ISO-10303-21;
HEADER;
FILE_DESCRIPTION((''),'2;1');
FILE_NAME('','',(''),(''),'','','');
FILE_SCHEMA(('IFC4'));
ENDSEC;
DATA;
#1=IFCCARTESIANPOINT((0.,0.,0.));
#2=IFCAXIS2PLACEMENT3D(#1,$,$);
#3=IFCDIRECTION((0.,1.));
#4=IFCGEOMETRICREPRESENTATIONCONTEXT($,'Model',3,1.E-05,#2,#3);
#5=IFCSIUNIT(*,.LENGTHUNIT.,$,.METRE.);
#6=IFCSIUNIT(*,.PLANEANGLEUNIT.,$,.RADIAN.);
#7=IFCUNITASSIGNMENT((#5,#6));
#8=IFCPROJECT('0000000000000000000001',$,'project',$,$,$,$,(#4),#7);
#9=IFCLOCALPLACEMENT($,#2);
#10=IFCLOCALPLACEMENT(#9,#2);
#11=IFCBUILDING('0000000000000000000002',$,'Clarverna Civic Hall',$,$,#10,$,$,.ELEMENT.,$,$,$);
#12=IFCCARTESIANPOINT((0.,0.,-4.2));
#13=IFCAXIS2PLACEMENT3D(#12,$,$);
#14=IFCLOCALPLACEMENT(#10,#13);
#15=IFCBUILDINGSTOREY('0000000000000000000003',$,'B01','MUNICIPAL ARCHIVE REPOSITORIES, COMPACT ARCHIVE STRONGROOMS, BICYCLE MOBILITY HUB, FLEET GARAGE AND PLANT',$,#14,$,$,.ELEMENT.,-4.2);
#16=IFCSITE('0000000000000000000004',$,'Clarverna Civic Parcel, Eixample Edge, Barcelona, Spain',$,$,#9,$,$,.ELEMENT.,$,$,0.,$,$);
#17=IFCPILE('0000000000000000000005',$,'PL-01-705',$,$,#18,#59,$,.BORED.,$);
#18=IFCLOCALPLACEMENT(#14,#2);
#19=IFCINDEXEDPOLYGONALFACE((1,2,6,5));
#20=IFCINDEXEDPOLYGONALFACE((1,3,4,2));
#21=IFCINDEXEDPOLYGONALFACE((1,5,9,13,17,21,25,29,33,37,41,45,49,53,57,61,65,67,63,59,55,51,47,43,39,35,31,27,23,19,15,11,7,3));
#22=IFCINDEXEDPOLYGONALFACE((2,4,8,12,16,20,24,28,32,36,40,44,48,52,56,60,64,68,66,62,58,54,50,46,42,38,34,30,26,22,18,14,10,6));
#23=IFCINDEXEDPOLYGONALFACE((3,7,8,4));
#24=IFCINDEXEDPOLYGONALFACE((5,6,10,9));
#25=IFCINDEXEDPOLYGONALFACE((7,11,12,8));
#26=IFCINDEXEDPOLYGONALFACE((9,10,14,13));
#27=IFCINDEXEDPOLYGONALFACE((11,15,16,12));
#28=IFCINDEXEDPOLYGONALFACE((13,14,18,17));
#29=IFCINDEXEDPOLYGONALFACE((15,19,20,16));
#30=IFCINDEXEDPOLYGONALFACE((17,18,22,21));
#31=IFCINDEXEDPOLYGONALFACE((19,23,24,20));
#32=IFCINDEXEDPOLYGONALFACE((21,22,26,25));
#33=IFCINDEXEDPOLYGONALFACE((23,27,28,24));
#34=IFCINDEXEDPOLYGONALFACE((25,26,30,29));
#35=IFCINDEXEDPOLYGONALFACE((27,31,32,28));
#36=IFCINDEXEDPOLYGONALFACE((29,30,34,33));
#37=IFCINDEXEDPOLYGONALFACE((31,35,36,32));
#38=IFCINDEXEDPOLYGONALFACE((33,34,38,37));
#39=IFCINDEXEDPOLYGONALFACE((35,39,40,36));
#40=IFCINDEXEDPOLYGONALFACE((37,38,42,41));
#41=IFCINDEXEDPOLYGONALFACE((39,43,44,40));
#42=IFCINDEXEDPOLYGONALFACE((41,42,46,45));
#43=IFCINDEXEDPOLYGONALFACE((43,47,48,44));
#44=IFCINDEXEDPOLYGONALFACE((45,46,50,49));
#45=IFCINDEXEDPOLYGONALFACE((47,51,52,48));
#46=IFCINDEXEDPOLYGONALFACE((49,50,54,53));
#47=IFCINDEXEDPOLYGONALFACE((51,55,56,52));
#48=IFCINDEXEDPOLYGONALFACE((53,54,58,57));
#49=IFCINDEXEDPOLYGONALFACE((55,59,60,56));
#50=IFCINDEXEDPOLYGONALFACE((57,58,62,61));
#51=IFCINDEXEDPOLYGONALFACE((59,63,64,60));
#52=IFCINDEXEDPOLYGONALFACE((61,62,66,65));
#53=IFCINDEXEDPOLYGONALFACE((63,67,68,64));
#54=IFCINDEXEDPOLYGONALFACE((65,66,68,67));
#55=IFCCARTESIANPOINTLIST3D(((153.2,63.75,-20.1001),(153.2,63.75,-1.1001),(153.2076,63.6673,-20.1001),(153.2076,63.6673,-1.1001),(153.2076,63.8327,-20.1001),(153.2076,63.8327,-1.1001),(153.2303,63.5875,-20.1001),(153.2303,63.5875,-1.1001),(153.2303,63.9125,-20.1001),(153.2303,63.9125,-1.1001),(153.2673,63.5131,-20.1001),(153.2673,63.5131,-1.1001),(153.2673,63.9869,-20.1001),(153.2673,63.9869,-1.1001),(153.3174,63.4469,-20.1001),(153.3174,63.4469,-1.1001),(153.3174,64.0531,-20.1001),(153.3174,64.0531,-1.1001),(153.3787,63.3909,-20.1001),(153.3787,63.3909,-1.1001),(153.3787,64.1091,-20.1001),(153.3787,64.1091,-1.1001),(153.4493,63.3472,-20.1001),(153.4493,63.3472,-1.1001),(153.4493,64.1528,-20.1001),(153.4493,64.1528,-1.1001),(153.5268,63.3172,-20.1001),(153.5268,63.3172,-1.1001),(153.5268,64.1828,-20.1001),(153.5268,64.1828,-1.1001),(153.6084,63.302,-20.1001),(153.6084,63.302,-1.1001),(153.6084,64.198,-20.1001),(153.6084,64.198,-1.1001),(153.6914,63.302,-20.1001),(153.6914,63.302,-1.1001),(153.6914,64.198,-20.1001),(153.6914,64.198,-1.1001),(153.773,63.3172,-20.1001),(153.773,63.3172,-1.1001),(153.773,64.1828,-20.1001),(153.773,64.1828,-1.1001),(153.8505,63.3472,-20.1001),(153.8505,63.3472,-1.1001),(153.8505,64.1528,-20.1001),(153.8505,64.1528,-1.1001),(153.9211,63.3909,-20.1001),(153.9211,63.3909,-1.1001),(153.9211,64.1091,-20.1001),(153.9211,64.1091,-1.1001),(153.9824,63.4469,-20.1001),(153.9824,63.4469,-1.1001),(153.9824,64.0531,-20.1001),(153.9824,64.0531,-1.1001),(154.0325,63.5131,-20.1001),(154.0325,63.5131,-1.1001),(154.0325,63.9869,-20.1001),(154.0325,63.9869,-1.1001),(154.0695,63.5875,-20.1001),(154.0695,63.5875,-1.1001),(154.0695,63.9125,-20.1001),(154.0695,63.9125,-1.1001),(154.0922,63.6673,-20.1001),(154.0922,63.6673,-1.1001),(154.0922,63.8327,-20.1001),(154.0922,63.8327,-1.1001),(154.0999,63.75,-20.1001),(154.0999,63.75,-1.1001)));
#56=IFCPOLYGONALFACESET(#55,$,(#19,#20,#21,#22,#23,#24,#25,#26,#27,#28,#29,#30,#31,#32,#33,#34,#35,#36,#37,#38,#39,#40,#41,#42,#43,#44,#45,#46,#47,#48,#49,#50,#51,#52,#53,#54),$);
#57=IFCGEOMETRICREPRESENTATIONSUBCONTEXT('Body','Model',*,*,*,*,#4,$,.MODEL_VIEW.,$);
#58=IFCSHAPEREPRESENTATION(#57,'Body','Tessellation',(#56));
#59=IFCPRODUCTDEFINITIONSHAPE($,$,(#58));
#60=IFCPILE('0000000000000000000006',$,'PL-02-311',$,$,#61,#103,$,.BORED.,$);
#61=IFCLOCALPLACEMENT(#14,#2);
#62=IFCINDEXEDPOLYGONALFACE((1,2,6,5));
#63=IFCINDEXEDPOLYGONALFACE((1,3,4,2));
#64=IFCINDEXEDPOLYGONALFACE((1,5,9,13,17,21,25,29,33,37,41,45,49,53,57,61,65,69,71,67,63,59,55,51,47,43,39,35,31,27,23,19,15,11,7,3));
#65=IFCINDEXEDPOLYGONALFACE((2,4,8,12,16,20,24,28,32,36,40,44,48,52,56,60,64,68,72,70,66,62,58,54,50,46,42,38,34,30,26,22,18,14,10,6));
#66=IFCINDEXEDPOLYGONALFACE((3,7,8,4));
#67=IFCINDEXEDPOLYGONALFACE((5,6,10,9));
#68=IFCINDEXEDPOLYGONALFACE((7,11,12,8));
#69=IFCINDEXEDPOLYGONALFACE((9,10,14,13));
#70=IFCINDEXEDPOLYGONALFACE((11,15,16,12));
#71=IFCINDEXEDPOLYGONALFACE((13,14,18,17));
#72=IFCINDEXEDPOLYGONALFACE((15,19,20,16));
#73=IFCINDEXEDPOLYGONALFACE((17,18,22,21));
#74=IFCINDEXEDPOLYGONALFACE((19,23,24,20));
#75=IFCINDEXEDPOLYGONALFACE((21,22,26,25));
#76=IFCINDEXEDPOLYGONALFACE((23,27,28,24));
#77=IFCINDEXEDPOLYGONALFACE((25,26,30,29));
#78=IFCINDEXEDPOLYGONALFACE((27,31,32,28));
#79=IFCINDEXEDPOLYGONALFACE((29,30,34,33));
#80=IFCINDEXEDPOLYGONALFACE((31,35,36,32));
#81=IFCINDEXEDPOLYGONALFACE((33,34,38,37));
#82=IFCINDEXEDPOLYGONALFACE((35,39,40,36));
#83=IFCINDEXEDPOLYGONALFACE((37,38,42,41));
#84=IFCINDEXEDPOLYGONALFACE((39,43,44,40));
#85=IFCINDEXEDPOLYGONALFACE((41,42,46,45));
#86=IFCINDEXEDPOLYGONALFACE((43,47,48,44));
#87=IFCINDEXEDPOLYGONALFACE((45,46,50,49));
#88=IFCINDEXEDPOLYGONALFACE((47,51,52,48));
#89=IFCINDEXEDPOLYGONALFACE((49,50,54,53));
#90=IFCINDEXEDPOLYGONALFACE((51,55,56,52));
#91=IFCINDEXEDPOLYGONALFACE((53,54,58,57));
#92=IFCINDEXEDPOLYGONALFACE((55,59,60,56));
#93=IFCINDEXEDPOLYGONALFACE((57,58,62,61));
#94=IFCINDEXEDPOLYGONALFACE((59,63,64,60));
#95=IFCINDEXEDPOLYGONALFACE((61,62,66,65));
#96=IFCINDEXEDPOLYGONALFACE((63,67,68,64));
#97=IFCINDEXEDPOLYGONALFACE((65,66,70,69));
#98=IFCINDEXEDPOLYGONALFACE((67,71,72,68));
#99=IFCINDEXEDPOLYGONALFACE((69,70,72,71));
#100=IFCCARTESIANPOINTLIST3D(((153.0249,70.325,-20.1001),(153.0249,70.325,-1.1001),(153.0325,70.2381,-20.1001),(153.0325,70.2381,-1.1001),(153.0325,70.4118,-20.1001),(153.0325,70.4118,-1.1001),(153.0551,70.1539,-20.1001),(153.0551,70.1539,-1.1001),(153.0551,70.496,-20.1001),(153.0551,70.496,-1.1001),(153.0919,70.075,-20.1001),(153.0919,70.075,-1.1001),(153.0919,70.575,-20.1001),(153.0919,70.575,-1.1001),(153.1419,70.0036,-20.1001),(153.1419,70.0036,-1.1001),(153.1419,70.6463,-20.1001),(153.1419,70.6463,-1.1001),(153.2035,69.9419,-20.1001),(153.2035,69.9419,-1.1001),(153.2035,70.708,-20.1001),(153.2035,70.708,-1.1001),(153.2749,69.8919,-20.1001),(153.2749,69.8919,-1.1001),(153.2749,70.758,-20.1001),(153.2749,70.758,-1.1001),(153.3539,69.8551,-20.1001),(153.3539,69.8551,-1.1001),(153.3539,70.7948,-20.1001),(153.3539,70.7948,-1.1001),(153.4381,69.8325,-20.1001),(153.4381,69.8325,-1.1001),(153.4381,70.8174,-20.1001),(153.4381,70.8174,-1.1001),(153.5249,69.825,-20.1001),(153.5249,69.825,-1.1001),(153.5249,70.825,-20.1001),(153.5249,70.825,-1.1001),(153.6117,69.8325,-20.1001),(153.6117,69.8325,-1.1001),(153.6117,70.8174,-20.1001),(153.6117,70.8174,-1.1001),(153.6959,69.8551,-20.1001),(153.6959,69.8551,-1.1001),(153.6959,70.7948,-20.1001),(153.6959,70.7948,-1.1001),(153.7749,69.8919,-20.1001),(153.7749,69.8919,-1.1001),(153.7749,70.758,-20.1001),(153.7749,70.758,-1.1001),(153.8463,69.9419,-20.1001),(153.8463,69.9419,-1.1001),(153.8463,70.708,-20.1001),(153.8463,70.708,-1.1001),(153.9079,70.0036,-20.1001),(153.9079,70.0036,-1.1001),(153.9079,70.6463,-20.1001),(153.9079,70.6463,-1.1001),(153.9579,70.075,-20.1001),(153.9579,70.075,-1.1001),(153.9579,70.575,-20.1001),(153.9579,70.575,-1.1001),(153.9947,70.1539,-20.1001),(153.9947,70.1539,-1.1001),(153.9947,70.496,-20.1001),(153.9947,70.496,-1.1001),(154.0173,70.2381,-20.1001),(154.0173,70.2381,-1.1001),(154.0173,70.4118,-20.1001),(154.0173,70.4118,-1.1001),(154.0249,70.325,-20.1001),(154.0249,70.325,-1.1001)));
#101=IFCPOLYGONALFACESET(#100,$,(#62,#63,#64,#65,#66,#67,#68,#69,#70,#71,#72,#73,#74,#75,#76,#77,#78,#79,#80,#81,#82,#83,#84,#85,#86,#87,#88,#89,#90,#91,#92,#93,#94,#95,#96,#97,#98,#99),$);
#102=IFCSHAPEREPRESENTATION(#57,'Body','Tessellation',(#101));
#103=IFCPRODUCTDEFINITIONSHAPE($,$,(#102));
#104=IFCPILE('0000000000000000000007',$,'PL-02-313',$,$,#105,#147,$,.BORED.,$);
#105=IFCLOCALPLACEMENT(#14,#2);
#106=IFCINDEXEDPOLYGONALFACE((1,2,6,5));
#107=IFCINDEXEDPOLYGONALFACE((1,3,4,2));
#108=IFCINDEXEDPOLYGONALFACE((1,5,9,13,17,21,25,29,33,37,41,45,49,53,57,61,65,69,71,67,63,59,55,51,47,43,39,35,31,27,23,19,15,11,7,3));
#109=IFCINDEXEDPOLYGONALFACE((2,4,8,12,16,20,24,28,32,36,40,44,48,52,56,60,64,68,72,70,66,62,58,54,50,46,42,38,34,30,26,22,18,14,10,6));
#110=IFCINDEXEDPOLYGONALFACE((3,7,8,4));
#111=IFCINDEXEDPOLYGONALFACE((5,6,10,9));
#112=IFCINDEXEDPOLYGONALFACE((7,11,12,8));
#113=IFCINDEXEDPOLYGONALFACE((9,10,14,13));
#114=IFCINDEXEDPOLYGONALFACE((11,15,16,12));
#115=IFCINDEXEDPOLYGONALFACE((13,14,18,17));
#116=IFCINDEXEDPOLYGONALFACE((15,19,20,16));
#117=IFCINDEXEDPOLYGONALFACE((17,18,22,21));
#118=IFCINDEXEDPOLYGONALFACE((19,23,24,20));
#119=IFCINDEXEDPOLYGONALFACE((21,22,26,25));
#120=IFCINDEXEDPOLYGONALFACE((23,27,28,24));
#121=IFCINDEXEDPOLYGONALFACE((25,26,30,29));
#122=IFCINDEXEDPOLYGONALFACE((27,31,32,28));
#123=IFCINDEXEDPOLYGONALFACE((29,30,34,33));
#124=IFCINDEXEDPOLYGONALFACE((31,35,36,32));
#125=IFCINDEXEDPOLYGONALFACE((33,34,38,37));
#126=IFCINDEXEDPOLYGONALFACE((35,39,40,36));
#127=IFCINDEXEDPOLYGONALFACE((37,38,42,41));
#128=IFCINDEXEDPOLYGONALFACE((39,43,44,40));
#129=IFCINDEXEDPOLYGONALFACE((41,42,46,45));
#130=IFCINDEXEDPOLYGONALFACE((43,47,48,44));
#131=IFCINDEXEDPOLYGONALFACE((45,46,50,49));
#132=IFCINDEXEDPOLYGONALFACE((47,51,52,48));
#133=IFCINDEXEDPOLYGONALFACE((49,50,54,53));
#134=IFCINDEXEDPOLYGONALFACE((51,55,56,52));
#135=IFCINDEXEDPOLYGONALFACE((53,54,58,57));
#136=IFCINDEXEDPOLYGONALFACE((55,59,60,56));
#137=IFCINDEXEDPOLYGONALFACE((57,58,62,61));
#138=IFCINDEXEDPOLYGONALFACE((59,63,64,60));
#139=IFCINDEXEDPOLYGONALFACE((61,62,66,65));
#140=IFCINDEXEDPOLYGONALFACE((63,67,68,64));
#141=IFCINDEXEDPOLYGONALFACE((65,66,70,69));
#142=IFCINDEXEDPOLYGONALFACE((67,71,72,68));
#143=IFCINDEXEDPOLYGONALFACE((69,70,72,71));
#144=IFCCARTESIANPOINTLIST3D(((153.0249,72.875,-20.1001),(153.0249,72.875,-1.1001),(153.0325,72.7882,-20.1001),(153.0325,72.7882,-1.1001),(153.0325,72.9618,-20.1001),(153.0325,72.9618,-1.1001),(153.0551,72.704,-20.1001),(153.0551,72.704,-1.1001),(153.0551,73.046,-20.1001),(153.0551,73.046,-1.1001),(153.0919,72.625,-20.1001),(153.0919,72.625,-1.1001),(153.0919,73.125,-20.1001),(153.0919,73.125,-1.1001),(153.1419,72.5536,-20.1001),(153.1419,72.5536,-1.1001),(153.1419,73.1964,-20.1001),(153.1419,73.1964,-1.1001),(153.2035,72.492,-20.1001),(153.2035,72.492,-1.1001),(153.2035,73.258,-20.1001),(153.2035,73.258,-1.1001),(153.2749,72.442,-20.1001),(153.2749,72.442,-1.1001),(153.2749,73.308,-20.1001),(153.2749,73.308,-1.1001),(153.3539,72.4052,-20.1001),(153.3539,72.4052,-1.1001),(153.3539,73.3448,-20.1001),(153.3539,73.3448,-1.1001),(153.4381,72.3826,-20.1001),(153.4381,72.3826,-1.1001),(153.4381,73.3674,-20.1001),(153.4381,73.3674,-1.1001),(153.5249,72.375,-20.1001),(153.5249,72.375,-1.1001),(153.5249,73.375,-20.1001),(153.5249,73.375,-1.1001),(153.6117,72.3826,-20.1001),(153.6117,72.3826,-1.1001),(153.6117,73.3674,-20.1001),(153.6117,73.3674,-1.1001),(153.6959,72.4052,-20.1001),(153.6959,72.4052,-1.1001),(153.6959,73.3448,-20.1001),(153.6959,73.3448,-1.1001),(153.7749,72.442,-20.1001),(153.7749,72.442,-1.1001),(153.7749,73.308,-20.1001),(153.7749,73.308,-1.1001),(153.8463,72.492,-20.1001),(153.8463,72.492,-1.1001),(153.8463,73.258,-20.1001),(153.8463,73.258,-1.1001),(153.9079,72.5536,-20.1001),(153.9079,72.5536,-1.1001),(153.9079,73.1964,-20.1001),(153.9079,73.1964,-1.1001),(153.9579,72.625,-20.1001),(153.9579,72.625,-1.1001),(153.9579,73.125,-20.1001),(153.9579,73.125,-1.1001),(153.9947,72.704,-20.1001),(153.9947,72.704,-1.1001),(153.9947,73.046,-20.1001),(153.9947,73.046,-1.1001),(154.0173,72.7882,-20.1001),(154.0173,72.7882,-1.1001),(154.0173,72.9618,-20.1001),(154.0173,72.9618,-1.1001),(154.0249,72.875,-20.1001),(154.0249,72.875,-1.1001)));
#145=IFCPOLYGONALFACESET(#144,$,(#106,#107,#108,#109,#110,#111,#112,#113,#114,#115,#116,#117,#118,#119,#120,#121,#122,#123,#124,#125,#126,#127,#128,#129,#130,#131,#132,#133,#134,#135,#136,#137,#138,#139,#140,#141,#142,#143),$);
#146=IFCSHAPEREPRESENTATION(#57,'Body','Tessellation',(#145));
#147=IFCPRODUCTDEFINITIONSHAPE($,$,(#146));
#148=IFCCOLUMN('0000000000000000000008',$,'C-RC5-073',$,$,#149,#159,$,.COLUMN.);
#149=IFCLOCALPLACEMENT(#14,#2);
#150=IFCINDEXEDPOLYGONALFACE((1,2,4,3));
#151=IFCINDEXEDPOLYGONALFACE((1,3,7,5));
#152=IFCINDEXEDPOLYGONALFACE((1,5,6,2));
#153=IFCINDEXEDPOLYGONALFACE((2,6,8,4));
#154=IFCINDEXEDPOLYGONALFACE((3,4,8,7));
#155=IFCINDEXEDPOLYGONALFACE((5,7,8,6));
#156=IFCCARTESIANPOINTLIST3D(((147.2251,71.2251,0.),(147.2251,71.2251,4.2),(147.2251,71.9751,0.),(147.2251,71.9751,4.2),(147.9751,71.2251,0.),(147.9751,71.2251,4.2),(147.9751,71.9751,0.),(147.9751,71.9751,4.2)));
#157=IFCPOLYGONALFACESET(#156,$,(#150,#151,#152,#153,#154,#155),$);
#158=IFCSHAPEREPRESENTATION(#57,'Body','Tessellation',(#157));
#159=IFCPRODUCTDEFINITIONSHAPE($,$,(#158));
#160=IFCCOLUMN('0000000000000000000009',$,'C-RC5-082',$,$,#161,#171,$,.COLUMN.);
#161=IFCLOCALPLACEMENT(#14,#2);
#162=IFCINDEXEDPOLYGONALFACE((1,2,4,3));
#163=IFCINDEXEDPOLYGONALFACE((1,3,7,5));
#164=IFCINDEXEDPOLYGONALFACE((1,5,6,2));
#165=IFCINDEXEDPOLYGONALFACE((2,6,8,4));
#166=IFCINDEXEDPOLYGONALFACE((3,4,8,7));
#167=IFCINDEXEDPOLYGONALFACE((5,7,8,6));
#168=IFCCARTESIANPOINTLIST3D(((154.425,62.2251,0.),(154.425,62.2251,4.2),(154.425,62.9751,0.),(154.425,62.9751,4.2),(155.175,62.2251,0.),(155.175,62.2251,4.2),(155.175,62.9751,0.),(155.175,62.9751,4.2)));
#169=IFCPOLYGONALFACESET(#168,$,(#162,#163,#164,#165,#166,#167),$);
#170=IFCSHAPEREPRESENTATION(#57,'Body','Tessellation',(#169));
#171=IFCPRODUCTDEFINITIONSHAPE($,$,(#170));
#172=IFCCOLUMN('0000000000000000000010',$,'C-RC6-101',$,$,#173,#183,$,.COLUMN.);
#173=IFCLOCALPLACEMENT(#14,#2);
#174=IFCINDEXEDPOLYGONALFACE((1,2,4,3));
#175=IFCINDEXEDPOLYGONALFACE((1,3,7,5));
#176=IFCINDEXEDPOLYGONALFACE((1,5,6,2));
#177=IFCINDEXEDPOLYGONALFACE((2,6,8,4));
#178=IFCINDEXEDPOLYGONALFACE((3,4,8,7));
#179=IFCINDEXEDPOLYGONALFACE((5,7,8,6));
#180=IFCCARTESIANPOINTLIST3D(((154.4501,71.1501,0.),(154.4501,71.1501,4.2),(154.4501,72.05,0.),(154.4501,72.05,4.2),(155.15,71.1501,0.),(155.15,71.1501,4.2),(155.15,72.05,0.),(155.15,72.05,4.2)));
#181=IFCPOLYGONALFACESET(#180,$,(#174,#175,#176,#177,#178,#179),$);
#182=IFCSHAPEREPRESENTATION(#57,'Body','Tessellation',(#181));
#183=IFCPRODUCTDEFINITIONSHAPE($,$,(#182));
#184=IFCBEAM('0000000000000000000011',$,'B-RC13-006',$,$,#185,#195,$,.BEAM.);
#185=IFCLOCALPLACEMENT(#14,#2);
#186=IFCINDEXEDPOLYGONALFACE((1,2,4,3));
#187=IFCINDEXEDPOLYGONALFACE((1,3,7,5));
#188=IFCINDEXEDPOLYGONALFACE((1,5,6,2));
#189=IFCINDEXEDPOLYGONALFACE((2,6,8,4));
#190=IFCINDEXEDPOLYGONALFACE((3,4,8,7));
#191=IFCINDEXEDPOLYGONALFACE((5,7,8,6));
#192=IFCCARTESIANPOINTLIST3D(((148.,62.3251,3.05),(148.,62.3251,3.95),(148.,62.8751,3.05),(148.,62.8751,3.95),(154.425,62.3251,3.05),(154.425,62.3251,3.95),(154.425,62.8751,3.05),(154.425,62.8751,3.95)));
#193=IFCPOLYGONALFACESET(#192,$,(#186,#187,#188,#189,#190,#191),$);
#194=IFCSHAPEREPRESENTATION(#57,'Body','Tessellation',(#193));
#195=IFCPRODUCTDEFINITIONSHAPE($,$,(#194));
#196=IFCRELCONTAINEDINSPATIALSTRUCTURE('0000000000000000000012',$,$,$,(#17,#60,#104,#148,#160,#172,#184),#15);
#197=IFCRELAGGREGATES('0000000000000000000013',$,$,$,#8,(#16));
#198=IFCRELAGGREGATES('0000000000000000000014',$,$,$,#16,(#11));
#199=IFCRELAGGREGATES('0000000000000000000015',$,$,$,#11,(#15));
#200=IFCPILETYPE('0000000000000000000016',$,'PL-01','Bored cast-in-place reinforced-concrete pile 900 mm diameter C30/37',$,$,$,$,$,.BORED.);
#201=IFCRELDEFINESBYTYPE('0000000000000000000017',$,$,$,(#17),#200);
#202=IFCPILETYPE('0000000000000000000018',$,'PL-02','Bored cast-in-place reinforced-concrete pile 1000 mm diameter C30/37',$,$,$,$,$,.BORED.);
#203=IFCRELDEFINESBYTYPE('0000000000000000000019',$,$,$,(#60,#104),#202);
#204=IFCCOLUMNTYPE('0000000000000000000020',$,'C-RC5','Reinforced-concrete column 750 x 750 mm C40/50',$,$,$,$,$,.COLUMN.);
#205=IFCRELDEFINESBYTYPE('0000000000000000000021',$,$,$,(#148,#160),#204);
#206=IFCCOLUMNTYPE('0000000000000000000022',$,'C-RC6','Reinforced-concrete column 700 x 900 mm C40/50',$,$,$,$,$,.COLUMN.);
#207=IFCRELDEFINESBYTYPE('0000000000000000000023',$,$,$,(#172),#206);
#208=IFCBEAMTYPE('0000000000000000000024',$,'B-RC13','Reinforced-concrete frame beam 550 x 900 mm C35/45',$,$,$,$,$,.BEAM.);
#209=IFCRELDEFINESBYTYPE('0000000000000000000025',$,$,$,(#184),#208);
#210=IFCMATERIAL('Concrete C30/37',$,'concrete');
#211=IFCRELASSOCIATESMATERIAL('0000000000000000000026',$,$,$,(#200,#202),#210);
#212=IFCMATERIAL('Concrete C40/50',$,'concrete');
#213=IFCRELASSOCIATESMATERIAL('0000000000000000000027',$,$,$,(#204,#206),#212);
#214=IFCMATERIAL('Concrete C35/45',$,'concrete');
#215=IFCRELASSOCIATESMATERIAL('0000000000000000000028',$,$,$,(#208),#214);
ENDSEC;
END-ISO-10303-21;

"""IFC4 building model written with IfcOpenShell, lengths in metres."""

from ifc_helpers import new_model, si_unit, direction, frame, origin, origin_2d, place, context, subcontext, project, spatial, rectangle, circle, extrude, material, material_profile, profile_set, type_object, element, save


model = new_model("IFC4")

# Units and contexts
model_context = context("Model", 3, precision=1e-05, world=origin(), true_north=direction((0.0, 1.0)))
body_context = subcontext(model_context, "Body", "Model", "MODEL_VIEW")
ifc_project = project(units=[si_unit("LENGTHUNIT", "METRE"), si_unit("PLANEANGLEUNIT", "RADIAN")], contexts=[model_context])

# Site, building, storey
site_placement = place(None, origin())
site = spatial("IfcSite", under=ifc_project, at=site_placement, Name="Clarverna Civic Parcel, Eixample Edge, Barcelona, Spain", CompositionType="ELEMENT", RefElevation=0.0)
building_placement = place(site_placement, origin())
building = spatial("IfcBuilding", under=site, at=building_placement, Name="Clarverna Civic Hall", CompositionType="ELEMENT")
storey_placement = place(building_placement, frame((0.0, 0.0, -4.2)))
storey = spatial("IfcBuildingStorey", under=building, at=storey_placement, Name="B01", Description="MUNICIPAL ARCHIVE REPOSITORIES, COMPACT ARCHIVE STRONGROOMS, BICYCLE MOBILITY HUB, FLEET GARAGE AND PLANT", CompositionType="ELEMENT", Elevation=-4.2)

# Shared definitions
ifc_material_1 = material(Name="Concrete C30/37", Category="concrete")

# Piles
ifc_material_profile_1 = material_profile(ifc_material_1, circle(Radius=0.45, at=origin_2d()), Name="BORED PILE D900")
ifc_profile_set_1 = profile_set([ifc_material_profile_1], Name="Concrete C30/37")
pile_type_1 = type_object("IfcPileType", Name="PL-01", Description="Bored cast-in-place reinforced-concrete pile 900 mm diameter C30/37", PredefinedType="BORED", material=ifc_profile_set_1)
for number, where, z_axis, x_axis, name in (
    (1, (153.6499, 63.75, -1.1001), (0.0, 0.0, -1.0), (1.0, 0.0, 0.0), "PL-01-705"),
):
    element("IfcPile", number, at=place(storey_placement, frame(where, z_axis=z_axis, x_axis=x_axis)), inside=storey, type_object=pile_type_1, Name=name, PredefinedType="BORED", context=body_context, shape_type="SweptSolid", body=[
        extrude(circle(Radius=0.45, at=origin_2d()), origin(), (0.0, 0.0, 1.0), 19.0),
    ])
ifc_material_profile_2 = material_profile(ifc_material_1, circle(Radius=0.5, at=origin_2d()), Name="BORED PILE D1000")
ifc_profile_set_2 = profile_set([ifc_material_profile_2], Name="Concrete C30/37")
pile_type_2 = type_object("IfcPileType", Name="PL-02", Description="Bored cast-in-place reinforced-concrete pile 1000 mm diameter C30/37", PredefinedType="BORED", material=ifc_profile_set_2)
for number, where, z_axis, x_axis, name in (
    (2, (153.5249, 70.325, -1.1001), (0.0, 0.0, -1.0), (1.0, 0.0, 0.0), "PL-02-311"),
    (3, (153.5249, 72.875, -1.1001), (0.0, 0.0, -1.0), (1.0, 0.0, 0.0), "PL-02-313"),
):
    element("IfcPile", number, at=place(storey_placement, frame(where, z_axis=z_axis, x_axis=x_axis)), inside=storey, type_object=pile_type_2, Name=name, PredefinedType="BORED", context=body_context, shape_type="SweptSolid", body=[
        extrude(circle(Radius=0.5, at=origin_2d()), origin(), (0.0, 0.0, 1.0), 19.0),
    ])

# Columns
ifc_material_2 = material(Name="Concrete C40/50", Category="concrete")
ifc_material_profile_3 = material_profile(ifc_material_2, rectangle(XDim=0.75, YDim=0.75, at=origin_2d()), Name="RC 750x750")
ifc_profile_set_3 = profile_set([ifc_material_profile_3], Name="Concrete C40/50")
column_type_1 = type_object("IfcColumnType", Name="C-RC5", Description="Reinforced-concrete column 750 x 750 mm C40/50", PredefinedType="COLUMN", material=ifc_profile_set_3)
for number, where, z_axis, x_axis, name in (
    (4, (147.6001, 71.6001, 0.0), (0.0, 0.0, 1.0), (1.0, 0.0, 0.0), "C-RC5-073"),
    (5, (154.8, 62.6001, 0.0), (0.0, 0.0, 1.0), (1.0, 0.0, 0.0), "C-RC5-082"),
):
    element("IfcColumn", number, at=place(storey_placement, frame(where, z_axis=z_axis, x_axis=x_axis)), inside=storey, type_object=column_type_1, Name=name, PredefinedType="COLUMN", context=body_context, shape_type="SweptSolid", body=[
        extrude(rectangle(XDim=0.75, YDim=0.75, at=origin_2d()), origin(), (0.0, 0.0, 1.0), 4.2),
    ])
ifc_material_profile_4 = material_profile(ifc_material_2, rectangle(XDim=0.7, YDim=0.8999, at=origin_2d()), Name="RC 700x900")
ifc_profile_set_4 = profile_set([ifc_material_profile_4], Name="Concrete C40/50")
column_type_2 = type_object("IfcColumnType", Name="C-RC6", Description="Reinforced-concrete column 700 x 900 mm C40/50", PredefinedType="COLUMN", material=ifc_profile_set_4)
column_placement = place(storey_placement, frame((154.8, 71.6001, 0.0), z_axis=(0.0, 0.0, 1.0), x_axis=(1.0, 0.0, 0.0)))
element("IfcColumn", 6, at=column_placement, inside=storey, type_object=column_type_2, Name="C-RC6-101", PredefinedType="COLUMN", context=body_context, shape_type="SweptSolid", body=[
    extrude(rectangle(XDim=0.7, YDim=0.8999, at=origin_2d()), origin(), (0.0, 0.0, 1.0), 4.2),
])

# Beam
ifc_material_3 = material(Name="Concrete C35/45", Category="concrete")
ifc_material_profile_5 = material_profile(ifc_material_3, rectangle(XDim=0.55, YDim=0.8999, at=origin_2d()), Name="RC 550x900")
ifc_profile_set_5 = profile_set([ifc_material_profile_5], Name="Concrete C35/45")
beam_type_1 = type_object("IfcBeamType", Name="B-RC13", Description="Reinforced-concrete frame beam 550 x 900 mm C35/45", PredefinedType="BEAM", material=ifc_profile_set_5)
beam_1_placement = place(storey_placement, frame((148.0, 62.6001, 3.5), z_axis=(1.0, 0.0, 0.0), x_axis=(0.0, 1.0, 0.0)))
element("IfcBeam", 7, at=beam_1_placement, inside=storey, type_object=beam_type_1, Name="B-RC13-006", PredefinedType="BEAM", context=body_context, shape_type="SweptSolid", body=[
    extrude(rectangle(XDim=0.55, YDim=0.8999, at=origin_2d()), origin(), (0.0, 0.0, 1.0), 6.425),
])

save(model, "model.ifc")
